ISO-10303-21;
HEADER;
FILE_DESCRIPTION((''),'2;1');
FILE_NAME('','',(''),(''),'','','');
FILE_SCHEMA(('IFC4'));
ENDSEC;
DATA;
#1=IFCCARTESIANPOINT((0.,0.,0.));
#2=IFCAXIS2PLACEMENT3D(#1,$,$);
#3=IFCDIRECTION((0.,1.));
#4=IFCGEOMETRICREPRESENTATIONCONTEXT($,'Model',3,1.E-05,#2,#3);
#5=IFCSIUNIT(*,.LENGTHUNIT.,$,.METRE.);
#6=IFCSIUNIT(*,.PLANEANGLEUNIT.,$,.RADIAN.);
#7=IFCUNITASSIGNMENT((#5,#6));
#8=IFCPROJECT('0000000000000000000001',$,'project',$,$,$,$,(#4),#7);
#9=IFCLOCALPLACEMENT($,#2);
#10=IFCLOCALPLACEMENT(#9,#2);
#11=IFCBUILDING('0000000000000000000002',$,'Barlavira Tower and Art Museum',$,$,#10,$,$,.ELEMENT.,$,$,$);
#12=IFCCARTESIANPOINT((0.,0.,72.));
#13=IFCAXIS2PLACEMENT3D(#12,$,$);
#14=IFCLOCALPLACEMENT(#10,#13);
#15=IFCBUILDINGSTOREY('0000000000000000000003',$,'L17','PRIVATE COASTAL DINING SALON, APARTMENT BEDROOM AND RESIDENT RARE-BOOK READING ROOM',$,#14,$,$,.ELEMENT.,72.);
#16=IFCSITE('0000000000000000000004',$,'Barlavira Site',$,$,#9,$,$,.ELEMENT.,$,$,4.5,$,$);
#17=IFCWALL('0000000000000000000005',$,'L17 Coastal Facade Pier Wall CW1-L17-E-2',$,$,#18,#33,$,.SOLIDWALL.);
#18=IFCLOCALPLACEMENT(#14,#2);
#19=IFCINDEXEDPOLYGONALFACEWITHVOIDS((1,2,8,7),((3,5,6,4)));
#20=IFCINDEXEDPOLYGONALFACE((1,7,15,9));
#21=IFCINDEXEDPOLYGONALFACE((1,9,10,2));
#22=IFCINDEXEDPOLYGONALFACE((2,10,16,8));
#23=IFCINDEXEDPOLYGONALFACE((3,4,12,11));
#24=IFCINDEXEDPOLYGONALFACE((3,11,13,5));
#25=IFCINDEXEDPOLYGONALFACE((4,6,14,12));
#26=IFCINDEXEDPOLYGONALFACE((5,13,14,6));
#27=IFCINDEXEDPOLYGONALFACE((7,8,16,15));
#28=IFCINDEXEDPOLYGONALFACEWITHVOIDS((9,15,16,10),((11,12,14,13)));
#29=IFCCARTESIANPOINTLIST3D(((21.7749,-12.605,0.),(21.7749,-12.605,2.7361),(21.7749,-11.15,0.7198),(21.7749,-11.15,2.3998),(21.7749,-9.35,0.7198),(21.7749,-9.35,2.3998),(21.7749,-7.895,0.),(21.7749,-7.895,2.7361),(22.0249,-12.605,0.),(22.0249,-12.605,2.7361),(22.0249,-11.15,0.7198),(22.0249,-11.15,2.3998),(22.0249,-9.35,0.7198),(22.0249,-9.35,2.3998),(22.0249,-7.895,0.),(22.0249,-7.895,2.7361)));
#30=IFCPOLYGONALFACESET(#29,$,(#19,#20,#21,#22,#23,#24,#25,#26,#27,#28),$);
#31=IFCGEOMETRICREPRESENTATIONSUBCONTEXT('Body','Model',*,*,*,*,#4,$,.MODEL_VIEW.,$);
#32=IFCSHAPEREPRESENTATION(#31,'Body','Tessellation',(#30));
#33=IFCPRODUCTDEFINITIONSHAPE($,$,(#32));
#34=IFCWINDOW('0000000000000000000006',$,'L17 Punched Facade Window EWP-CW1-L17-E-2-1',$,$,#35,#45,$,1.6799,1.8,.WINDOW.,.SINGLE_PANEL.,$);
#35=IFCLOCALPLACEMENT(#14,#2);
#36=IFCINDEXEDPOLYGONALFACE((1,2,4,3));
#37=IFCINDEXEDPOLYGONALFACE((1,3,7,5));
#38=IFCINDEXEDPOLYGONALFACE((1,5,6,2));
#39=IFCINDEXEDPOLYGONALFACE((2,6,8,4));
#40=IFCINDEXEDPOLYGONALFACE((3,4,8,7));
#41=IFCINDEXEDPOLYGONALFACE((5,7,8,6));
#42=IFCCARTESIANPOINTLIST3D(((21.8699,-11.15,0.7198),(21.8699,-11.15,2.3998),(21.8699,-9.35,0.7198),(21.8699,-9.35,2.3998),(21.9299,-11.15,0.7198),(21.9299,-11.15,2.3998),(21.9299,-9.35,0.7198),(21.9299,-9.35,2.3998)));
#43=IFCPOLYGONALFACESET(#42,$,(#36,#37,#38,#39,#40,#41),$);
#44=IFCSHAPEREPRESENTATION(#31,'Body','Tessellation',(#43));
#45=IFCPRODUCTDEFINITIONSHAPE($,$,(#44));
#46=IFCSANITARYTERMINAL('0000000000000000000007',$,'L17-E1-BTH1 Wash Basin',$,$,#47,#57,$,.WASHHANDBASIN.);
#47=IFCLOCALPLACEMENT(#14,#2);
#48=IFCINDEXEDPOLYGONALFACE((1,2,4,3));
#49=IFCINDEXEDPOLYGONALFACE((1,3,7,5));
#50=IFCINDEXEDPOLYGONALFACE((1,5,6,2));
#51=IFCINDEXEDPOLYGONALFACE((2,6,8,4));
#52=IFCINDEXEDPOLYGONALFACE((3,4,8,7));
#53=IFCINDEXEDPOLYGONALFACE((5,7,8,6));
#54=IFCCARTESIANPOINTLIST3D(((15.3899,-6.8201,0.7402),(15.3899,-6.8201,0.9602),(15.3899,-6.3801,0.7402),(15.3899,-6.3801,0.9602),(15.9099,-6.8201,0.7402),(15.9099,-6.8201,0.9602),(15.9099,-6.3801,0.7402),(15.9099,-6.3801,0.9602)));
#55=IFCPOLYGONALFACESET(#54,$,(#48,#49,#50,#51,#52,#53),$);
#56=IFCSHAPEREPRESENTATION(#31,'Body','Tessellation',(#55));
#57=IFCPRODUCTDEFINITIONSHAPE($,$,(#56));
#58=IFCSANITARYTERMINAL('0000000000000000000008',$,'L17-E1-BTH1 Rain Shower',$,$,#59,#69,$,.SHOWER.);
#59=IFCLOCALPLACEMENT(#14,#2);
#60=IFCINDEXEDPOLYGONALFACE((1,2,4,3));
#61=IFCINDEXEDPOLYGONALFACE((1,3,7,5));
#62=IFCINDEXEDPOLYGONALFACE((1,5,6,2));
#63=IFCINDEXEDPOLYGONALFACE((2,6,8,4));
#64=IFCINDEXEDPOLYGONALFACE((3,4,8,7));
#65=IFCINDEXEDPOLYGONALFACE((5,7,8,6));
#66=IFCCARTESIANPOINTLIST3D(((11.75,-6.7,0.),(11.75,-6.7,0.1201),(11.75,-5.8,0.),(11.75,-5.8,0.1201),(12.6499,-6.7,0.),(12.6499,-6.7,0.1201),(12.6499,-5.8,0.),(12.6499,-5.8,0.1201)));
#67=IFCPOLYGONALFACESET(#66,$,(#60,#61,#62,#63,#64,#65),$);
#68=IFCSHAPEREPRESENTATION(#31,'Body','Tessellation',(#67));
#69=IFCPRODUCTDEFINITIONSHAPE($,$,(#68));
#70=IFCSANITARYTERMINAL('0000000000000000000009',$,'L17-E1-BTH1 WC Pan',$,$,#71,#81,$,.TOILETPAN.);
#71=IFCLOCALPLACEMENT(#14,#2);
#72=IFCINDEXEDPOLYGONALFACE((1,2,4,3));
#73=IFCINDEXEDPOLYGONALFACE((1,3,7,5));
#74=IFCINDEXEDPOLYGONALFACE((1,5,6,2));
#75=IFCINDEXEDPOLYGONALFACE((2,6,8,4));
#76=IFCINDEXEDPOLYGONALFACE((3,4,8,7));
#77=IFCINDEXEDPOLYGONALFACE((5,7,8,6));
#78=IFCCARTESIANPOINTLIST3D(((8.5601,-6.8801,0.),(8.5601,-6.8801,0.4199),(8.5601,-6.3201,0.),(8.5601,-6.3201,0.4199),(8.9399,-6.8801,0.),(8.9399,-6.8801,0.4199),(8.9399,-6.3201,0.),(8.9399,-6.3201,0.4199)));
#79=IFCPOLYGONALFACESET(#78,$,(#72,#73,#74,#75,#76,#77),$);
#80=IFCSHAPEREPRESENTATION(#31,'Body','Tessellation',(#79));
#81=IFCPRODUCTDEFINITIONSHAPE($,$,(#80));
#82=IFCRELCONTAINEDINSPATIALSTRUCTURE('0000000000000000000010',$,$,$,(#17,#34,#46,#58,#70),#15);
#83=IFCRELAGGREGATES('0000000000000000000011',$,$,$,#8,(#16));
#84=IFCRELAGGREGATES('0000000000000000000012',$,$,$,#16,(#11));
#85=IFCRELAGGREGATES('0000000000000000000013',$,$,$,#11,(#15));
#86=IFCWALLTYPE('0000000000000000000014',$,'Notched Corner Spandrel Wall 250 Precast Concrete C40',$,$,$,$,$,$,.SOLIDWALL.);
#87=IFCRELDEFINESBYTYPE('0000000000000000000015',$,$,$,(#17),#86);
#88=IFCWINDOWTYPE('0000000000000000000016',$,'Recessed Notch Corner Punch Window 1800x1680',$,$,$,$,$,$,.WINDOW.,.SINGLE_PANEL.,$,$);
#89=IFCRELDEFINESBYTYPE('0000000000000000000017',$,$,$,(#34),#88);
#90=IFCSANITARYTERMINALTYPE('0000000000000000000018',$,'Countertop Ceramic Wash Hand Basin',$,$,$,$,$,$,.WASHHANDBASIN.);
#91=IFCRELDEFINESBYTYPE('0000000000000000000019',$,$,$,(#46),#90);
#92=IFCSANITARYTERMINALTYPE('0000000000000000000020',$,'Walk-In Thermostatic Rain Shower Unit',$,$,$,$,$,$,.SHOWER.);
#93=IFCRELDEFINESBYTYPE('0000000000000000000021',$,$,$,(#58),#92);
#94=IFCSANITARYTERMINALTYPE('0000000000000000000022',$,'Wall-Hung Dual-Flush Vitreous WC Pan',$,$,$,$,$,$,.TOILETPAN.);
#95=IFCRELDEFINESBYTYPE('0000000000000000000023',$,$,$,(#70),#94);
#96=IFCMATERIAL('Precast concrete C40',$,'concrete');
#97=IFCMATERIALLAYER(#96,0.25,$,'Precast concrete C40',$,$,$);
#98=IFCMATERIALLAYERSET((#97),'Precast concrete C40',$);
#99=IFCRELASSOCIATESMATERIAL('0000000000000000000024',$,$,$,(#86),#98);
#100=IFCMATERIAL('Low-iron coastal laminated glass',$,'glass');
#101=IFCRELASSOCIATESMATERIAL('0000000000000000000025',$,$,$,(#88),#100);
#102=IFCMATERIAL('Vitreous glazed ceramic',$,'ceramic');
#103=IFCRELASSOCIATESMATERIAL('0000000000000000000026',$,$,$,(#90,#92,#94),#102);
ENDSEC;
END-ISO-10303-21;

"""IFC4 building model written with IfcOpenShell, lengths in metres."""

from ifc_helpers import new_model, si_unit, direction, frame, frame_2d, origin, origin_2d, place, context, subcontext, project, spatial, rectangle, extrude, material, layer, layer_set, type_object, element, fill, save


model = new_model("IFC4")

# Units and contexts
model_context = context("Model", 3, precision=1e-05, world=origin(), true_north=direction((0.0, 1.0)))
body_context = subcontext(model_context, "Body", "Model", "MODEL_VIEW")
ifc_project = project(units=[si_unit("LENGTHUNIT", "METRE"), si_unit("PLANEANGLEUNIT", "RADIAN")], contexts=[model_context])

# Site, building, storey
site_placement = place(None, origin())
site = spatial("IfcSite", under=ifc_project, at=site_placement, Name="Barlavira Site", CompositionType="ELEMENT", RefElevation=4.5)
building_placement = place(site_placement, origin())
building = spatial("IfcBuilding", under=site, at=building_placement, Name="Barlavira Tower and Art Museum", CompositionType="ELEMENT")
storey_placement = place(building_placement, frame((0.0, 0.0, 72.0)))
storey = spatial("IfcBuildingStorey", under=building, at=storey_placement, Name="L17", Description="PRIVATE COASTAL DINING SALON, APARTMENT BEDROOM AND RESIDENT RARE-BOOK READING ROOM", CompositionType="ELEMENT", Elevation=72.0)

# Shared definitions
ifc_material_1 = material(Name="Low-iron coastal laminated glass", Category="glass")

# Wall, opening, window
ifc_material_2 = material(Name="Precast concrete C40", Category="concrete")
ifc_layer_1 = layer(ifc_material_2, 0.25, Name="Precast concrete C40")
ifc_layer_set_1 = layer_set([ifc_layer_1], Name="Precast concrete C40")
wall_type_1 = type_object("IfcWallType", Name="Notched Corner Spandrel Wall 250 Precast Concrete C40", PredefinedType="SOLIDWALL", material=ifc_layer_set_1)
wall_1_placement = place(storey_placement, frame((21.8999, -12.605, 0.0), z_axis=(0.0, 0.0, 1.0), x_axis=(0.0, 1.0, 0.0)))
wall_1 = element("IfcWall", 1, at=wall_1_placement, inside=storey, type_object=wall_type_1, Name="L17 Coastal Facade Pier Wall CW1-L17-E-2", PredefinedType="SOLIDWALL", context=body_context, shape_type="SweptSolid", body=[
    extrude(rectangle(XDim=4.71, YDim=0.25, at=frame_2d((2.355, 0.0))), origin(), (0.0, 0.0, 1.0), 2.7361),
])
opening_1_placement = place(wall_1_placement, frame((1.4551, 0.0, 0.72)))
opening_1 = element("IfcOpeningElement", 2, at=opening_1_placement, cuts=wall_1, PredefinedType="OPENING", context=body_context, shape_type="SweptSolid", body=[
    extrude(rectangle(XDim=1.8, YDim=1.6799, at=frame_2d((0.8999, 0.8398))), frame((0.0, 0.135, 0.0), z_axis=(0.0, -1.0, 0.0), x_axis=(1.0, 0.0, 0.0)), (0.0, 0.0, 1.0), 0.27),
])
window_type = type_object("IfcWindowType", Name="Recessed Notch Corner Punch Window 1800x1680", PartitioningType="SINGLE_PANEL", PredefinedType="WINDOW", material=ifc_material_1)
window_placement = place(opening_1_placement, origin())
window = element("IfcWindow", 3, at=window_placement, inside=storey, type_object=window_type, Name="L17 Punched Facade Window EWP-CW1-L17-E-2-1", OverallHeight=1.6799, OverallWidth=1.8, PartitioningType="SINGLE_PANEL", PredefinedType="WINDOW", context=body_context, shape_type="SweptSolid", body=[
    extrude(rectangle(XDim=1.8, YDim=1.6799, at=frame_2d((0.8999, 0.8398))), frame((0.0, 0.03, 0.0), z_axis=(0.0, -1.0, 0.0), x_axis=(1.0, 0.0, 0.0)), (0.0, 0.0, 1.0), 0.0601),
])
fill(opening_1, window)

# Sanitary terminals
ifc_material_3 = material(Name="Vitreous glazed ceramic", Category="ceramic")
sanitary_terminal_type_1 = type_object("IfcSanitaryTerminalType", Name="Countertop Ceramic Wash Hand Basin", PredefinedType="WASHHANDBASIN", material=ifc_material_3)
sanitary_terminal_1_placement = place(storey_placement, frame((15.6499, -6.6001, 0.7402), z_axis=(0.0, 0.0, 1.0), x_axis=(1.0, 0.0, 0.0)))
element("IfcSanitaryTerminal", 4, at=sanitary_terminal_1_placement, inside=storey, type_object=sanitary_terminal_type_1, Name="L17-E1-BTH1 Wash Basin", PredefinedType="WASHHANDBASIN", context=body_context, shape_type="SweptSolid", body=[
    extrude(rectangle(XDim=0.52, YDim=0.4399, at=origin_2d()), origin(), (0.0, 0.0, 1.0), 0.22),
])
sanitary_terminal_type_2 = type_object("IfcSanitaryTerminalType", Name="Walk-In Thermostatic Rain Shower Unit", PredefinedType="SHOWER", material=ifc_material_3)
sanitary_terminal_2_placement = place(storey_placement, frame((12.2, -6.25, 0.0), z_axis=(0.0, 0.0, 1.0), x_axis=(1.0, 0.0, 0.0)))
element("IfcSanitaryTerminal", 5, at=sanitary_terminal_2_placement, inside=storey, type_object=sanitary_terminal_type_2, Name="L17-E1-BTH1 Rain Shower", PredefinedType="SHOWER", context=body_context, shape_type="SweptSolid", body=[
    extrude(rectangle(XDim=0.8999, YDim=0.8999, at=origin_2d()), origin(), (0.0, 0.0, 1.0), 0.1201),
])
sanitary_terminal_type_3 = type_object("IfcSanitaryTerminalType", Name="Wall-Hung Dual-Flush Vitreous WC Pan", PredefinedType="TOILETPAN", material=ifc_material_3)
sanitary_terminal_3_placement = place(storey_placement, frame((8.75, -6.6001, 0.0), z_axis=(0.0, 0.0, 1.0), x_axis=(1.0, 0.0, 0.0)))
element("IfcSanitaryTerminal", 6, at=sanitary_terminal_3_placement, inside=storey, type_object=sanitary_terminal_type_3, Name="L17-E1-BTH1 WC Pan", PredefinedType="TOILETPAN", context=body_context, shape_type="SweptSolid", body=[
    extrude(rectangle(XDim=0.3799, YDim=0.5601, at=origin_2d()), origin(), (0.0, 0.0, 1.0), 0.4199),
])

save(model, "model.ifc")
